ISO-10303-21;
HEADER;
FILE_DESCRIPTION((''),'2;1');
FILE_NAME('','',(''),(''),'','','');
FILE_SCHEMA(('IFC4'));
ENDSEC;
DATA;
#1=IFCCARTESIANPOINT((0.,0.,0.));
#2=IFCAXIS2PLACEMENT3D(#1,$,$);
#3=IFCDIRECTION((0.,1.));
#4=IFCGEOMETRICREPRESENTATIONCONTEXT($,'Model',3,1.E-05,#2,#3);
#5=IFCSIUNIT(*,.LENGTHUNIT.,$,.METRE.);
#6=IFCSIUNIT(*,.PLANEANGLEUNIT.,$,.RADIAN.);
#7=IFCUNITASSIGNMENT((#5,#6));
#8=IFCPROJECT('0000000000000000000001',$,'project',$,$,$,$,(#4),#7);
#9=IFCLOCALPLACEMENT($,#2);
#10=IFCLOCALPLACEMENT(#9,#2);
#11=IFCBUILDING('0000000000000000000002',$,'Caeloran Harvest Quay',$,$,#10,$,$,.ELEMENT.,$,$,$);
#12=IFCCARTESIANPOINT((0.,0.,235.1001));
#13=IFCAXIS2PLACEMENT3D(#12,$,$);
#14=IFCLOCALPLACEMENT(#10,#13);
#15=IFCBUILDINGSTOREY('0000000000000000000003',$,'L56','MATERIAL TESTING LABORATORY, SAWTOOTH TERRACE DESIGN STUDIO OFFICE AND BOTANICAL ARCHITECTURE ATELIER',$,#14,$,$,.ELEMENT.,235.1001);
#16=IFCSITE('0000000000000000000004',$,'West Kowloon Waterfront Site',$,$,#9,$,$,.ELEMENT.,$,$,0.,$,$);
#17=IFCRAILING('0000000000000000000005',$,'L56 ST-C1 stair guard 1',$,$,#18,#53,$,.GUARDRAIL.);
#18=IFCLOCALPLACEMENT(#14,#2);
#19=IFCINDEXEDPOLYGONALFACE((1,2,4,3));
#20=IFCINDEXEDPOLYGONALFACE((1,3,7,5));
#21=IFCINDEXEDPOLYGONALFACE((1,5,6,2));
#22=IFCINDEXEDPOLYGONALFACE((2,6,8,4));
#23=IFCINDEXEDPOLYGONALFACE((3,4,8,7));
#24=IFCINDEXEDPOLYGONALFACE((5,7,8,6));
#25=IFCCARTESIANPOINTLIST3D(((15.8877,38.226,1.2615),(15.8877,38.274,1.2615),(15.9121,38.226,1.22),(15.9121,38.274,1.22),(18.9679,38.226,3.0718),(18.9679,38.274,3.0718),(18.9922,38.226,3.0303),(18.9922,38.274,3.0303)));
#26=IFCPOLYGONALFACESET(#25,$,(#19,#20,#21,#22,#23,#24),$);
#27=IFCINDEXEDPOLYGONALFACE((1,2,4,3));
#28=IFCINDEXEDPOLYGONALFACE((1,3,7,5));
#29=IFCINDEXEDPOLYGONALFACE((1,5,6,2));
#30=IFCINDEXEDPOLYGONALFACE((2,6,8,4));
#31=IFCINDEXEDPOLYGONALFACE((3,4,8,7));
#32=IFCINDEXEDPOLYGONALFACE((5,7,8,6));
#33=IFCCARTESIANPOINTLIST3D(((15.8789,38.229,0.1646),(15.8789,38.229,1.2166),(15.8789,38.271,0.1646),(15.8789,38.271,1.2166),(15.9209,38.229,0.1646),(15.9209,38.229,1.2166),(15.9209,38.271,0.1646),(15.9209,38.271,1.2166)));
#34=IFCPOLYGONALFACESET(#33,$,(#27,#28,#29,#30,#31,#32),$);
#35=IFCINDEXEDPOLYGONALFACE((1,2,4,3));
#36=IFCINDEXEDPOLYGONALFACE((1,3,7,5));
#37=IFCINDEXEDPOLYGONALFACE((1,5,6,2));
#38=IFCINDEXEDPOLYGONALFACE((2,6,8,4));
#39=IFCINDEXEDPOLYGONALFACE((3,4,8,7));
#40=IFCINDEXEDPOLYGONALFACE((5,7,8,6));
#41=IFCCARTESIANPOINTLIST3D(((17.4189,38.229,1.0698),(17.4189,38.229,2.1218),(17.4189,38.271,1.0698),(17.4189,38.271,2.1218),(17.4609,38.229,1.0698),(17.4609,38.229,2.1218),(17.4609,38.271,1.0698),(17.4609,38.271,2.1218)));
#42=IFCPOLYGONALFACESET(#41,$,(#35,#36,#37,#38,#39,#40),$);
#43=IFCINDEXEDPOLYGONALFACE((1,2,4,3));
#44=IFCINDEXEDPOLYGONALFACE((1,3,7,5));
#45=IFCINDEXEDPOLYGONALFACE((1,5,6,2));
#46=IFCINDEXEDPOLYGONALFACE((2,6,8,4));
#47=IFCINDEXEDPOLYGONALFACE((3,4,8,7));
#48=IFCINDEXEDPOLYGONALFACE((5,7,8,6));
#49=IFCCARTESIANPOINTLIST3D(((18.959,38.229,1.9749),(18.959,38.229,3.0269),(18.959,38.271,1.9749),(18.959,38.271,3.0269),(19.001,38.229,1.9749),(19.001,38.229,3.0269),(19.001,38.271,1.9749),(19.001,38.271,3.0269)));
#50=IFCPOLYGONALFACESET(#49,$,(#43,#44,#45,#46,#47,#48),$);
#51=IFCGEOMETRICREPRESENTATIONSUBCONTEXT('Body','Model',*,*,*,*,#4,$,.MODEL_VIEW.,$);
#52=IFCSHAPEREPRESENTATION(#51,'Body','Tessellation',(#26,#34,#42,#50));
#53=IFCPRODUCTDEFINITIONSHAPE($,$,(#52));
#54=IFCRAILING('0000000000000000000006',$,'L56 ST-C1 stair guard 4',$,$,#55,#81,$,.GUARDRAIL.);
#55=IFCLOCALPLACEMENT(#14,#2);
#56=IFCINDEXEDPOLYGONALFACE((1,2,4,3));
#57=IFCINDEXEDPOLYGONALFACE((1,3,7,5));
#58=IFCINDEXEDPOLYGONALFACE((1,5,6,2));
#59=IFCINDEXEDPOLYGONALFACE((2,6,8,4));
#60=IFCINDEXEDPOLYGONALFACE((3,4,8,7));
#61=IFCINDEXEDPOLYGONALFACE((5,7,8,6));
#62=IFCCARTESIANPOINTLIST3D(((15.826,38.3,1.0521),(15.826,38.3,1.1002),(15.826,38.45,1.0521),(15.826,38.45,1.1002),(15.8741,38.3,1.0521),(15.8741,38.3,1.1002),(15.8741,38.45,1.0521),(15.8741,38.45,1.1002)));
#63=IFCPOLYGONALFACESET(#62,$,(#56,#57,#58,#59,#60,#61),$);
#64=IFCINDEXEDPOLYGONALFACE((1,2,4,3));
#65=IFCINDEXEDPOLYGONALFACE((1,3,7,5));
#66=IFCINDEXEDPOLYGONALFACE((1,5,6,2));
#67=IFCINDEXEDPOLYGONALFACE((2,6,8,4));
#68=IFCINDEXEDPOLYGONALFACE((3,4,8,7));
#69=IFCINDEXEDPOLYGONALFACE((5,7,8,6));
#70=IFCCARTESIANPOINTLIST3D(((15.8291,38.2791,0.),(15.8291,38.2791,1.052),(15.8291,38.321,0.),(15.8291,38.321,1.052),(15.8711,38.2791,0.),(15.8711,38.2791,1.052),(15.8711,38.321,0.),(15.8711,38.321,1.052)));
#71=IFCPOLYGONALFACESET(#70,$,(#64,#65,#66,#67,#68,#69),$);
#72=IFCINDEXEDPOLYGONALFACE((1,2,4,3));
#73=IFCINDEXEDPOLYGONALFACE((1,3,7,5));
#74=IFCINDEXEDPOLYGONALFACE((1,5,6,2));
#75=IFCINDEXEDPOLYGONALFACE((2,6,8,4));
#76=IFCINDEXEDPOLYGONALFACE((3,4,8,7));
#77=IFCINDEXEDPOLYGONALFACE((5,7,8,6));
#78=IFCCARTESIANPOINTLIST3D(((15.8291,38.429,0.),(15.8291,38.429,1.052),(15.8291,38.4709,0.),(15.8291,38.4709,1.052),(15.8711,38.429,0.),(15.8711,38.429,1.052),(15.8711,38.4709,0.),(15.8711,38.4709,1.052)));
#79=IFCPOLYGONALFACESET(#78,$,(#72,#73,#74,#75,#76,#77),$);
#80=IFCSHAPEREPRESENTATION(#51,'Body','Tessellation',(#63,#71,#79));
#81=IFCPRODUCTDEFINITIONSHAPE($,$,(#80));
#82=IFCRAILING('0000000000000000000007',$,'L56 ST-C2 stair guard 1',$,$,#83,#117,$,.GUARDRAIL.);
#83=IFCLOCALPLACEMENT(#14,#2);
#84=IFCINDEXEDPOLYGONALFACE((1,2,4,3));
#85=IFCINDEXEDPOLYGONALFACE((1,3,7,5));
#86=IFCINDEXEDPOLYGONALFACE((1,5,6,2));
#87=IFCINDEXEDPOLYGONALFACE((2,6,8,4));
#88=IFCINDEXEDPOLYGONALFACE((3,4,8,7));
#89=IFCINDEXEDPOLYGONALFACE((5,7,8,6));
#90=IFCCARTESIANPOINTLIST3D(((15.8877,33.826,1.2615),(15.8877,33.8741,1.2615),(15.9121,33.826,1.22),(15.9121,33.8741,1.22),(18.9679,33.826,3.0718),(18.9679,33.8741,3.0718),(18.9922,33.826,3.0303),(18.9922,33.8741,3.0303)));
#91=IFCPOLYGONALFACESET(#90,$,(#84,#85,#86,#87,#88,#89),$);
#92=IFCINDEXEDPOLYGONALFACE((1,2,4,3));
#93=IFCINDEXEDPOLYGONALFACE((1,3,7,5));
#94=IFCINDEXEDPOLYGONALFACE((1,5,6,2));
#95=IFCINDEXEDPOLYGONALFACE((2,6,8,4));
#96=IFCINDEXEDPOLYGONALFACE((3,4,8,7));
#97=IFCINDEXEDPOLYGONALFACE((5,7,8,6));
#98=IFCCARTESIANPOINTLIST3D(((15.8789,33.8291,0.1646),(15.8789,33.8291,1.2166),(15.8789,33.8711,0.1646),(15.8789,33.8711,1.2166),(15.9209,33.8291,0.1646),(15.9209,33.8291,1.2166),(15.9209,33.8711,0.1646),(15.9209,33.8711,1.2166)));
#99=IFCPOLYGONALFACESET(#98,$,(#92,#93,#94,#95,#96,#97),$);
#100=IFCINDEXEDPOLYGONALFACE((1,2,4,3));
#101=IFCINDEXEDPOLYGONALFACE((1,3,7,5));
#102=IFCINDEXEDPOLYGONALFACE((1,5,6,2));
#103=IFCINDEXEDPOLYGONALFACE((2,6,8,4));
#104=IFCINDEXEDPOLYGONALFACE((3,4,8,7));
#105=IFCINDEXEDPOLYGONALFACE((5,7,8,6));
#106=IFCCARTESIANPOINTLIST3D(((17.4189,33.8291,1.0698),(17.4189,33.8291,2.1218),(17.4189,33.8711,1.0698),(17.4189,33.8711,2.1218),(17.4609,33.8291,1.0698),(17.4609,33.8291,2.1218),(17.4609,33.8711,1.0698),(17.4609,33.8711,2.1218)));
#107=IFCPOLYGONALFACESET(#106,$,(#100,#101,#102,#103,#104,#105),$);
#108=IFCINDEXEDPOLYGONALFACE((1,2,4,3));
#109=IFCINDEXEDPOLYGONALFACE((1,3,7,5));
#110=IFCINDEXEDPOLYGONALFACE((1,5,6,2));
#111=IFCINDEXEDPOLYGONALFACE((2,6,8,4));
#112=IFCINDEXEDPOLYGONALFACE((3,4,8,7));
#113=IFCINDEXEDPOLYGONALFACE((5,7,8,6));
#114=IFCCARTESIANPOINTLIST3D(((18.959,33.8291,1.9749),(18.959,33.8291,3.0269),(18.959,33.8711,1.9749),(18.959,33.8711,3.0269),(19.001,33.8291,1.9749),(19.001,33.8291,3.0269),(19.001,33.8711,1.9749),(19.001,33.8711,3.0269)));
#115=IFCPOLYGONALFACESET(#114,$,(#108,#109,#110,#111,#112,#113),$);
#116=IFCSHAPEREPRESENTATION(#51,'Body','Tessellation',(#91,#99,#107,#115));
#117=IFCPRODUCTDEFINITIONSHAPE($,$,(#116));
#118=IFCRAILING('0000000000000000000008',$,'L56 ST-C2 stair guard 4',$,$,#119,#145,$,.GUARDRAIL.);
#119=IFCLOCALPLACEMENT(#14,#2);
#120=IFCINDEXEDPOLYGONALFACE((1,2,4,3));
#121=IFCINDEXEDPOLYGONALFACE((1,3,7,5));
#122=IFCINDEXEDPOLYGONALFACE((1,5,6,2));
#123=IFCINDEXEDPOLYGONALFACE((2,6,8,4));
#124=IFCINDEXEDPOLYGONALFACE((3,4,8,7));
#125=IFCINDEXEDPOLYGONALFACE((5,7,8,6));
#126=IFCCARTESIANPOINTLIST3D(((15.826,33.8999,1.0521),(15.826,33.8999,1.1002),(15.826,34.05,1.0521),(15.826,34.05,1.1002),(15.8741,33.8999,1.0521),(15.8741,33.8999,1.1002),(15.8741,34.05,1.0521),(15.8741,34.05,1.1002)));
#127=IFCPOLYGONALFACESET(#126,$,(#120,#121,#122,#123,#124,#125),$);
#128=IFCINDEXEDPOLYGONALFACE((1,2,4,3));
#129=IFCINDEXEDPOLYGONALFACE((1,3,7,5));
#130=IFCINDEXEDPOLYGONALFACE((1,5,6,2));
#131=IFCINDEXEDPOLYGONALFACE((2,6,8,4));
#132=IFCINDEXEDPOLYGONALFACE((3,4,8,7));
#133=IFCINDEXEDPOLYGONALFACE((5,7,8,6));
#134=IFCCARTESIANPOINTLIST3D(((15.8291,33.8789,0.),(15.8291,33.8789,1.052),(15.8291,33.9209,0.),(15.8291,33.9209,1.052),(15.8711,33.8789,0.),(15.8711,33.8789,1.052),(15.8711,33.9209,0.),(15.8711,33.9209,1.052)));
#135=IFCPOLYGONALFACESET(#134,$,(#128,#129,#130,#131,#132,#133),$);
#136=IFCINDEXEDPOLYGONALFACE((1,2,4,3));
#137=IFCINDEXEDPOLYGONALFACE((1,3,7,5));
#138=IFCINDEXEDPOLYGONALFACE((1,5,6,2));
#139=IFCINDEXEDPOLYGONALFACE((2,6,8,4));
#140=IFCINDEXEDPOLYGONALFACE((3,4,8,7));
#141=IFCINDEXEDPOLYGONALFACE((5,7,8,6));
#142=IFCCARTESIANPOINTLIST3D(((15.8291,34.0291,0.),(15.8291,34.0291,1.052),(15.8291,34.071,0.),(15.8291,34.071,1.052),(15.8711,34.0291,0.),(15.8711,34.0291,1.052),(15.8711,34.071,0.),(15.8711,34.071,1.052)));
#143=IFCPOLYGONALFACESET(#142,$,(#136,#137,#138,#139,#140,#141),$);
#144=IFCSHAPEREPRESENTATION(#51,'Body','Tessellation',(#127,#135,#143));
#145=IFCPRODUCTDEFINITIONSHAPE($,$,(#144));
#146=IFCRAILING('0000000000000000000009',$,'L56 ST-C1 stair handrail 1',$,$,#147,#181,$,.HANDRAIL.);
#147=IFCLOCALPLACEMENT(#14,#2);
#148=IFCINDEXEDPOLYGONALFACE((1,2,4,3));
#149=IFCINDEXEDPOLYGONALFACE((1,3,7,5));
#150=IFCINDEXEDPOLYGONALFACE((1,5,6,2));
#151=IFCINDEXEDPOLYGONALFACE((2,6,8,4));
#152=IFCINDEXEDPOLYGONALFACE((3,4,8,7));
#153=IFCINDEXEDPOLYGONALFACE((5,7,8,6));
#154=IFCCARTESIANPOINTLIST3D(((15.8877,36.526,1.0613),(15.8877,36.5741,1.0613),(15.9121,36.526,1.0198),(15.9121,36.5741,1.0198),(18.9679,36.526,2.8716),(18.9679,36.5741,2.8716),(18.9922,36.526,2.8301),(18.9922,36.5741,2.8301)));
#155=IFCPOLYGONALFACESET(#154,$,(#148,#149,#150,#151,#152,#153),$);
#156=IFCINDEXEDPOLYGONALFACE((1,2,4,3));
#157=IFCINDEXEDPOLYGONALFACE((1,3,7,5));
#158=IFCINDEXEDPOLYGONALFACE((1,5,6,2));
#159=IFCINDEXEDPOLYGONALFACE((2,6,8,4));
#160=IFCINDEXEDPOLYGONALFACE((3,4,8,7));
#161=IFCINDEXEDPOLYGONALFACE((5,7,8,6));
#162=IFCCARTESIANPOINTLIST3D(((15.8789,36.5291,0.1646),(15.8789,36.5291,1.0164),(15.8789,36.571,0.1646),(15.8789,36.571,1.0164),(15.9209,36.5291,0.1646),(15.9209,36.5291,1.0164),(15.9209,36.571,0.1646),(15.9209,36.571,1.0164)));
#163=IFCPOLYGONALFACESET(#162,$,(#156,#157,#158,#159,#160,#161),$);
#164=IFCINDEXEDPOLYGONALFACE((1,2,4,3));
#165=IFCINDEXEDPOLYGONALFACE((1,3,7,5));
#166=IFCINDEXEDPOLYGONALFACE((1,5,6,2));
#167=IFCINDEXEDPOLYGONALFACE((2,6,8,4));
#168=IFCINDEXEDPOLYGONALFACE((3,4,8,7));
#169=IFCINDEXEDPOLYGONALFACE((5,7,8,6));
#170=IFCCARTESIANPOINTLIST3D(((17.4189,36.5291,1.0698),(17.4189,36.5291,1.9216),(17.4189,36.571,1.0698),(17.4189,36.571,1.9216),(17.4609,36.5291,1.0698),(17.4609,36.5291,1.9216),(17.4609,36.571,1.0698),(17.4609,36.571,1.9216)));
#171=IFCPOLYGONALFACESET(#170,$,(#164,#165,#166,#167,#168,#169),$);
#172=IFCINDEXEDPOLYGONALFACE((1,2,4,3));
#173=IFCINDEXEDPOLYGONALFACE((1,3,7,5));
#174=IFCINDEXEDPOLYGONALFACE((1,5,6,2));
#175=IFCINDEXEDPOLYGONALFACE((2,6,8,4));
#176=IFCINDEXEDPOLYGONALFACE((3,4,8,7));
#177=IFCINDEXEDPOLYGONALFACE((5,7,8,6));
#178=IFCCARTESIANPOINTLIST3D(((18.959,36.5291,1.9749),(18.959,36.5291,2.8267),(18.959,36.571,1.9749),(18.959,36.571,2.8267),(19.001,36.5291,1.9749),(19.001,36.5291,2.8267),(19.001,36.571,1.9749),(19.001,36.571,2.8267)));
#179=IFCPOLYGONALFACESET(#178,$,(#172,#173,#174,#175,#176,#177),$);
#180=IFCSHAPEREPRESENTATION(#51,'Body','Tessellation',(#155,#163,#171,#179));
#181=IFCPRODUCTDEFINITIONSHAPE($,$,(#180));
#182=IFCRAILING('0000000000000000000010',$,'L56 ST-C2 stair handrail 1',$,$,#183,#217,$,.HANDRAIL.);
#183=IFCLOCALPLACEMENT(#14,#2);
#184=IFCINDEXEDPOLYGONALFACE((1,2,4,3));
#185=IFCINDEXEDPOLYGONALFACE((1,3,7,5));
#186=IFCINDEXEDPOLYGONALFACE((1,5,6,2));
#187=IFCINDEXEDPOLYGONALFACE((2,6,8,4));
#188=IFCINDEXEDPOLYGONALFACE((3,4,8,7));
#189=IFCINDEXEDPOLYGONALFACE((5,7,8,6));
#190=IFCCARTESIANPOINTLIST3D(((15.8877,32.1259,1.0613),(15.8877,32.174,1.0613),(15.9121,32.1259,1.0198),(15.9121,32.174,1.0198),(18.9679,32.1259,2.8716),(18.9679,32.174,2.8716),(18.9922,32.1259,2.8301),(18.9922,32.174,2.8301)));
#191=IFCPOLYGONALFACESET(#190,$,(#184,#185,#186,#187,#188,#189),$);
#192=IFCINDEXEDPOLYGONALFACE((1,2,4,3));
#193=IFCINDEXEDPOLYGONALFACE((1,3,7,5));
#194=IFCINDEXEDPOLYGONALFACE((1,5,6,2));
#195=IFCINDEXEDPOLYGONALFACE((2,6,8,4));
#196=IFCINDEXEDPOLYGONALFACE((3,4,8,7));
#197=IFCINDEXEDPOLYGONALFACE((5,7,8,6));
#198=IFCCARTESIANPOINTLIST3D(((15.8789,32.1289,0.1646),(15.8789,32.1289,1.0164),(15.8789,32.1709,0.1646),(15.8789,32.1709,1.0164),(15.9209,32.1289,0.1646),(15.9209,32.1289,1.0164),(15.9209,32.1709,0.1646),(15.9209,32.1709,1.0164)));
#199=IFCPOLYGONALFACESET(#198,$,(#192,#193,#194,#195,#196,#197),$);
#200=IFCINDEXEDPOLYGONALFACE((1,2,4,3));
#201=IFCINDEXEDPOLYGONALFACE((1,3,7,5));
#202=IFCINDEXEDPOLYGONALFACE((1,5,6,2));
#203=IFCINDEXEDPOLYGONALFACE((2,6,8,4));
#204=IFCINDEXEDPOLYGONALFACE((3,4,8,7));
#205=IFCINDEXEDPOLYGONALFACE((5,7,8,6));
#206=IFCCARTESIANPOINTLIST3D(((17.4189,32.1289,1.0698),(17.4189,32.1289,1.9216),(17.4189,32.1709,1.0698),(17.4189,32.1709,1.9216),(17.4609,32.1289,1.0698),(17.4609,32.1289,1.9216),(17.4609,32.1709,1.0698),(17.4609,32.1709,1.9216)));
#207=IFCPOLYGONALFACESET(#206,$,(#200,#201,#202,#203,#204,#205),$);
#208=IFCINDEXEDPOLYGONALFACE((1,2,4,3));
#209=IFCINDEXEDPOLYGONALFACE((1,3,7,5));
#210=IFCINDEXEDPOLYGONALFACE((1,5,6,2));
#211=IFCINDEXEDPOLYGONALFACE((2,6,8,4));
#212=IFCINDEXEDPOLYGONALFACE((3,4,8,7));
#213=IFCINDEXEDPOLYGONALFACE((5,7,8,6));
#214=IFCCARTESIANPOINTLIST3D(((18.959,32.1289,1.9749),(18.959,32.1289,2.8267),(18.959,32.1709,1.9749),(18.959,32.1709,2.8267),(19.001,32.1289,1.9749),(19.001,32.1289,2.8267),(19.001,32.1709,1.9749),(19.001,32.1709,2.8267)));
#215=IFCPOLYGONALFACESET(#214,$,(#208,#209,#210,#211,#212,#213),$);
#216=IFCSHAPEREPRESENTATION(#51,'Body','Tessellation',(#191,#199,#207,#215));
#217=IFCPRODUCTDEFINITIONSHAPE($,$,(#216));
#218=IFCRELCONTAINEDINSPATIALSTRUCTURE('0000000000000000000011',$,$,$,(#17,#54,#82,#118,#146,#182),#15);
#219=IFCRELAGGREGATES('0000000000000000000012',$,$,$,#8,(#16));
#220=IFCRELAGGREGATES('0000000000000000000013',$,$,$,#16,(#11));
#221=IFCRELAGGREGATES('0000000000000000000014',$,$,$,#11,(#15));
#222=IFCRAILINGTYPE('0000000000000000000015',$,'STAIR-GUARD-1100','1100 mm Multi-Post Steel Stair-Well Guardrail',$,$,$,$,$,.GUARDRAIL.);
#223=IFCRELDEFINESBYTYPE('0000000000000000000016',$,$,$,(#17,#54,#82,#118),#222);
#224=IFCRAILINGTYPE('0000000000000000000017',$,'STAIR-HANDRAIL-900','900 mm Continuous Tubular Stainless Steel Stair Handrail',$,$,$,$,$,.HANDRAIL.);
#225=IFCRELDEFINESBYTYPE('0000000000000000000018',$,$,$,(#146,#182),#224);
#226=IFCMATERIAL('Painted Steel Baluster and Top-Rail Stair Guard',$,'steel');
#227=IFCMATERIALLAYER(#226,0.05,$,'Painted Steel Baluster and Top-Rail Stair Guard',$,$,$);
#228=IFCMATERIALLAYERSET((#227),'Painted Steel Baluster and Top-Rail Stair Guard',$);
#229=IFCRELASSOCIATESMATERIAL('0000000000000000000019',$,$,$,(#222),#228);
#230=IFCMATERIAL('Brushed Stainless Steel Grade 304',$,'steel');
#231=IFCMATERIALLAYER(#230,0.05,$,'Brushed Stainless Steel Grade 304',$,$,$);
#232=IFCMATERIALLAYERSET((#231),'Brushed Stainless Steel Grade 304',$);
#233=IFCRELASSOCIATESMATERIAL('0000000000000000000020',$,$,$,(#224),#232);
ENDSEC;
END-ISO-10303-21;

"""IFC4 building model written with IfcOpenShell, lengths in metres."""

from ifc_helpers import new_model, si_unit, direction, frame, origin, origin_2d, place, context, subcontext, project, spatial, rectangle, extrude, material, layer, layer_set, type_object, element, save


model = new_model("IFC4")

# Units and contexts
model_context = context("Model", 3, precision=1e-05, world=origin(), true_north=direction((0.0, 1.0)))
body_context = subcontext(model_context, "Body", "Model", "MODEL_VIEW")
ifc_project = project(units=[si_unit("LENGTHUNIT", "METRE"), si_unit("PLANEANGLEUNIT", "RADIAN")], contexts=[model_context])

# Site, building, storey
site_placement = place(None, origin())
site = spatial("IfcSite", under=ifc_project, at=site_placement, Name="West Kowloon Waterfront Site", CompositionType="ELEMENT", RefElevation=0.0)
building_placement = place(site_placement, origin())
building = spatial("IfcBuilding", under=site, at=building_placement, Name="Caeloran Harvest Quay", CompositionType="ELEMENT")
storey_placement = place(building_placement, frame((0.0, 0.0, 235.1001)))
storey = spatial("IfcBuildingStorey", under=building, at=storey_placement, Name="L56", Description="MATERIAL TESTING LABORATORY, SAWTOOTH TERRACE DESIGN STUDIO OFFICE AND BOTANICAL ARCHITECTURE ATELIER", CompositionType="ELEMENT", Elevation=235.1001)

# Railings
ifc_material_1 = material(Name="Painted Steel Baluster and Top-Rail Stair Guard", Category="steel")
ifc_layer_1 = layer(ifc_material_1, 0.05, Name="Painted Steel Baluster and Top-Rail Stair Guard")
ifc_layer_set_1 = layer_set([ifc_layer_1], Name="Painted Steel Baluster and Top-Rail Stair Guard")
railing_type_1 = type_object("IfcRailingType", Name="STAIR-GUARD-1100", Description="1100 mm Multi-Post Steel Stair-Well Guardrail", PredefinedType="GUARDRAIL", material=ifc_layer_set_1)
railing_1_placement = place(storey_placement, frame((15.8999, 38.25, 0.1646)))
element("IfcRailing", 1, at=railing_1_placement, inside=storey, type_object=railing_type_1, Name="L56 ST-C1 stair guard 1", PredefinedType="GUARDRAIL", context=body_context, shape_type="SweptSolid", body=[
    extrude(rectangle(XDim=0.0481, YDim=0.0481, at=origin_2d()), frame((0.0, 0.0, 1.0762), z_axis=(0.862119, 0.0, 0.506707), x_axis=(0.0, 1.0, 0.0)), (0.0, 0.0, 1.0), 3.5728),
    extrude(rectangle(XDim=0.042, YDim=0.042, at=origin_2d()), origin(), (0.0, 0.0, 1.0), 1.052),
    extrude(rectangle(XDim=0.042, YDim=0.042, at=origin_2d()), frame((1.54, 0.0, 0.9053)), (0.0, 0.0, 1.0), 1.052),
    extrude(rectangle(XDim=0.042, YDim=0.042, at=origin_2d()), frame((3.0801, 0.0, 1.8103)), (0.0, 0.0, 1.0), 1.052),
])
railing_2_placement = place(storey_placement, frame((15.8501, 38.3, 0.0)))
element("IfcRailing", 2, at=railing_2_placement, inside=storey, type_object=railing_type_1, Name="L56 ST-C1 stair guard 4", PredefinedType="GUARDRAIL", context=body_context, shape_type="SweptSolid", body=[
    extrude(rectangle(XDim=0.0481, YDim=0.0481, at=origin_2d()), frame((0.0, 0.0, 1.0762), z_axis=(0.0, 1.0, 0.0), x_axis=(-1.0, 0.0, 0.0)), (0.0, 0.0, 1.0), 0.1499),
    extrude(rectangle(XDim=0.042, YDim=0.042, at=origin_2d()), origin(), (0.0, 0.0, 1.0), 1.052),
    extrude(rectangle(XDim=0.042, YDim=0.042, at=origin_2d()), frame((0.0, 0.1499, 0.0)), (0.0, 0.0, 1.0), 1.052),
])
railing_3_placement = place(storey_placement, frame((15.8999, 33.8501, 0.1646)))
element("IfcRailing", 3, at=railing_3_placement, inside=storey, type_object=railing_type_1, Name="L56 ST-C2 stair guard 1", PredefinedType="GUARDRAIL", context=body_context, shape_type="SweptSolid", body=[
    extrude(rectangle(XDim=0.0481, YDim=0.0481, at=origin_2d()), frame((0.0, 0.0, 1.0762), z_axis=(0.862119, 0.0, 0.506707), x_axis=(0.0, 1.0, 0.0)), (0.0, 0.0, 1.0), 3.5728),
    extrude(rectangle(XDim=0.042, YDim=0.042, at=origin_2d()), origin(), (0.0, 0.0, 1.0), 1.052),
    extrude(rectangle(XDim=0.042, YDim=0.042, at=origin_2d()), frame((1.54, 0.0, 0.9053)), (0.0, 0.0, 1.0), 1.052),
    extrude(rectangle(XDim=0.042, YDim=0.042, at=origin_2d()), frame((3.0801, 0.0, 1.8103)), (0.0, 0.0, 1.0), 1.052),
])
railing_4_placement = place(storey_placement, frame((15.8501, 33.8999, 0.0)))
element("IfcRailing", 4, at=railing_4_placement, inside=storey, type_object=railing_type_1, Name="L56 ST-C2 stair guard 4", PredefinedType="GUARDRAIL", context=body_context, shape_type="SweptSolid", body=[
    extrude(rectangle(XDim=0.0481, YDim=0.0481, at=origin_2d()), frame((0.0, 0.0, 1.0762), z_axis=(0.0, 1.0, 0.0), x_axis=(-1.0, 0.0, 0.0)), (0.0, 0.0, 1.0), 0.1501),
    extrude(rectangle(XDim=0.042, YDim=0.042, at=origin_2d()), origin(), (0.0, 0.0, 1.0), 1.052),
    extrude(rectangle(XDim=0.042, YDim=0.042, at=origin_2d()), frame((0.0, 0.1501, 0.0)), (0.0, 0.0, 1.0), 1.052),
])
ifc_material_2 = material(Name="Brushed Stainless Steel Grade 304", Category="steel")
ifc_layer_2 = layer(ifc_material_2, 0.05, Name="Brushed Stainless Steel Grade 304")
ifc_layer_set_2 = layer_set([ifc_layer_2], Name="Brushed Stainless Steel Grade 304")
railing_type_2 = type_object("IfcRailingType", Name="STAIR-HANDRAIL-900", Description="900 mm Continuous Tubular Stainless Steel Stair Handrail", PredefinedType="HANDRAIL", material=ifc_layer_set_2)
for number, where, name in (
    (5, (15.8999, 36.55, 0.1646), "L56 ST-C1 stair handrail 1"),
    (6, (15.8999, 32.1499, 0.1646), "L56 ST-C2 stair handrail 1"),
):
    element("IfcRailing", number, at=place(storey_placement, frame(where)), inside=storey, type_object=railing_type_2, Name=name, PredefinedType="HANDRAIL", context=body_context, shape_type="SweptSolid", body=[
        extrude(rectangle(XDim=0.0481, YDim=0.0481, at=origin_2d()), frame((0.0, 0.0, 0.876), z_axis=(0.862119, 0.0, 0.506707), x_axis=(0.0, 1.0, 0.0)), (0.0, 0.0, 1.0), 3.5728),
        extrude(rectangle(XDim=0.042, YDim=0.042, at=origin_2d()), origin(), (0.0, 0.0, 1.0), 0.8518),
        extrude(rectangle(XDim=0.042, YDim=0.042, at=origin_2d()), frame((1.54, 0.0, 0.9053)), (0.0, 0.0, 1.0), 0.8518),
        extrude(rectangle(XDim=0.042, YDim=0.042, at=origin_2d()), frame((3.0801, 0.0, 1.8103)), (0.0, 0.0, 1.0), 0.8518),
    ])

save(model, "model.ifc")
